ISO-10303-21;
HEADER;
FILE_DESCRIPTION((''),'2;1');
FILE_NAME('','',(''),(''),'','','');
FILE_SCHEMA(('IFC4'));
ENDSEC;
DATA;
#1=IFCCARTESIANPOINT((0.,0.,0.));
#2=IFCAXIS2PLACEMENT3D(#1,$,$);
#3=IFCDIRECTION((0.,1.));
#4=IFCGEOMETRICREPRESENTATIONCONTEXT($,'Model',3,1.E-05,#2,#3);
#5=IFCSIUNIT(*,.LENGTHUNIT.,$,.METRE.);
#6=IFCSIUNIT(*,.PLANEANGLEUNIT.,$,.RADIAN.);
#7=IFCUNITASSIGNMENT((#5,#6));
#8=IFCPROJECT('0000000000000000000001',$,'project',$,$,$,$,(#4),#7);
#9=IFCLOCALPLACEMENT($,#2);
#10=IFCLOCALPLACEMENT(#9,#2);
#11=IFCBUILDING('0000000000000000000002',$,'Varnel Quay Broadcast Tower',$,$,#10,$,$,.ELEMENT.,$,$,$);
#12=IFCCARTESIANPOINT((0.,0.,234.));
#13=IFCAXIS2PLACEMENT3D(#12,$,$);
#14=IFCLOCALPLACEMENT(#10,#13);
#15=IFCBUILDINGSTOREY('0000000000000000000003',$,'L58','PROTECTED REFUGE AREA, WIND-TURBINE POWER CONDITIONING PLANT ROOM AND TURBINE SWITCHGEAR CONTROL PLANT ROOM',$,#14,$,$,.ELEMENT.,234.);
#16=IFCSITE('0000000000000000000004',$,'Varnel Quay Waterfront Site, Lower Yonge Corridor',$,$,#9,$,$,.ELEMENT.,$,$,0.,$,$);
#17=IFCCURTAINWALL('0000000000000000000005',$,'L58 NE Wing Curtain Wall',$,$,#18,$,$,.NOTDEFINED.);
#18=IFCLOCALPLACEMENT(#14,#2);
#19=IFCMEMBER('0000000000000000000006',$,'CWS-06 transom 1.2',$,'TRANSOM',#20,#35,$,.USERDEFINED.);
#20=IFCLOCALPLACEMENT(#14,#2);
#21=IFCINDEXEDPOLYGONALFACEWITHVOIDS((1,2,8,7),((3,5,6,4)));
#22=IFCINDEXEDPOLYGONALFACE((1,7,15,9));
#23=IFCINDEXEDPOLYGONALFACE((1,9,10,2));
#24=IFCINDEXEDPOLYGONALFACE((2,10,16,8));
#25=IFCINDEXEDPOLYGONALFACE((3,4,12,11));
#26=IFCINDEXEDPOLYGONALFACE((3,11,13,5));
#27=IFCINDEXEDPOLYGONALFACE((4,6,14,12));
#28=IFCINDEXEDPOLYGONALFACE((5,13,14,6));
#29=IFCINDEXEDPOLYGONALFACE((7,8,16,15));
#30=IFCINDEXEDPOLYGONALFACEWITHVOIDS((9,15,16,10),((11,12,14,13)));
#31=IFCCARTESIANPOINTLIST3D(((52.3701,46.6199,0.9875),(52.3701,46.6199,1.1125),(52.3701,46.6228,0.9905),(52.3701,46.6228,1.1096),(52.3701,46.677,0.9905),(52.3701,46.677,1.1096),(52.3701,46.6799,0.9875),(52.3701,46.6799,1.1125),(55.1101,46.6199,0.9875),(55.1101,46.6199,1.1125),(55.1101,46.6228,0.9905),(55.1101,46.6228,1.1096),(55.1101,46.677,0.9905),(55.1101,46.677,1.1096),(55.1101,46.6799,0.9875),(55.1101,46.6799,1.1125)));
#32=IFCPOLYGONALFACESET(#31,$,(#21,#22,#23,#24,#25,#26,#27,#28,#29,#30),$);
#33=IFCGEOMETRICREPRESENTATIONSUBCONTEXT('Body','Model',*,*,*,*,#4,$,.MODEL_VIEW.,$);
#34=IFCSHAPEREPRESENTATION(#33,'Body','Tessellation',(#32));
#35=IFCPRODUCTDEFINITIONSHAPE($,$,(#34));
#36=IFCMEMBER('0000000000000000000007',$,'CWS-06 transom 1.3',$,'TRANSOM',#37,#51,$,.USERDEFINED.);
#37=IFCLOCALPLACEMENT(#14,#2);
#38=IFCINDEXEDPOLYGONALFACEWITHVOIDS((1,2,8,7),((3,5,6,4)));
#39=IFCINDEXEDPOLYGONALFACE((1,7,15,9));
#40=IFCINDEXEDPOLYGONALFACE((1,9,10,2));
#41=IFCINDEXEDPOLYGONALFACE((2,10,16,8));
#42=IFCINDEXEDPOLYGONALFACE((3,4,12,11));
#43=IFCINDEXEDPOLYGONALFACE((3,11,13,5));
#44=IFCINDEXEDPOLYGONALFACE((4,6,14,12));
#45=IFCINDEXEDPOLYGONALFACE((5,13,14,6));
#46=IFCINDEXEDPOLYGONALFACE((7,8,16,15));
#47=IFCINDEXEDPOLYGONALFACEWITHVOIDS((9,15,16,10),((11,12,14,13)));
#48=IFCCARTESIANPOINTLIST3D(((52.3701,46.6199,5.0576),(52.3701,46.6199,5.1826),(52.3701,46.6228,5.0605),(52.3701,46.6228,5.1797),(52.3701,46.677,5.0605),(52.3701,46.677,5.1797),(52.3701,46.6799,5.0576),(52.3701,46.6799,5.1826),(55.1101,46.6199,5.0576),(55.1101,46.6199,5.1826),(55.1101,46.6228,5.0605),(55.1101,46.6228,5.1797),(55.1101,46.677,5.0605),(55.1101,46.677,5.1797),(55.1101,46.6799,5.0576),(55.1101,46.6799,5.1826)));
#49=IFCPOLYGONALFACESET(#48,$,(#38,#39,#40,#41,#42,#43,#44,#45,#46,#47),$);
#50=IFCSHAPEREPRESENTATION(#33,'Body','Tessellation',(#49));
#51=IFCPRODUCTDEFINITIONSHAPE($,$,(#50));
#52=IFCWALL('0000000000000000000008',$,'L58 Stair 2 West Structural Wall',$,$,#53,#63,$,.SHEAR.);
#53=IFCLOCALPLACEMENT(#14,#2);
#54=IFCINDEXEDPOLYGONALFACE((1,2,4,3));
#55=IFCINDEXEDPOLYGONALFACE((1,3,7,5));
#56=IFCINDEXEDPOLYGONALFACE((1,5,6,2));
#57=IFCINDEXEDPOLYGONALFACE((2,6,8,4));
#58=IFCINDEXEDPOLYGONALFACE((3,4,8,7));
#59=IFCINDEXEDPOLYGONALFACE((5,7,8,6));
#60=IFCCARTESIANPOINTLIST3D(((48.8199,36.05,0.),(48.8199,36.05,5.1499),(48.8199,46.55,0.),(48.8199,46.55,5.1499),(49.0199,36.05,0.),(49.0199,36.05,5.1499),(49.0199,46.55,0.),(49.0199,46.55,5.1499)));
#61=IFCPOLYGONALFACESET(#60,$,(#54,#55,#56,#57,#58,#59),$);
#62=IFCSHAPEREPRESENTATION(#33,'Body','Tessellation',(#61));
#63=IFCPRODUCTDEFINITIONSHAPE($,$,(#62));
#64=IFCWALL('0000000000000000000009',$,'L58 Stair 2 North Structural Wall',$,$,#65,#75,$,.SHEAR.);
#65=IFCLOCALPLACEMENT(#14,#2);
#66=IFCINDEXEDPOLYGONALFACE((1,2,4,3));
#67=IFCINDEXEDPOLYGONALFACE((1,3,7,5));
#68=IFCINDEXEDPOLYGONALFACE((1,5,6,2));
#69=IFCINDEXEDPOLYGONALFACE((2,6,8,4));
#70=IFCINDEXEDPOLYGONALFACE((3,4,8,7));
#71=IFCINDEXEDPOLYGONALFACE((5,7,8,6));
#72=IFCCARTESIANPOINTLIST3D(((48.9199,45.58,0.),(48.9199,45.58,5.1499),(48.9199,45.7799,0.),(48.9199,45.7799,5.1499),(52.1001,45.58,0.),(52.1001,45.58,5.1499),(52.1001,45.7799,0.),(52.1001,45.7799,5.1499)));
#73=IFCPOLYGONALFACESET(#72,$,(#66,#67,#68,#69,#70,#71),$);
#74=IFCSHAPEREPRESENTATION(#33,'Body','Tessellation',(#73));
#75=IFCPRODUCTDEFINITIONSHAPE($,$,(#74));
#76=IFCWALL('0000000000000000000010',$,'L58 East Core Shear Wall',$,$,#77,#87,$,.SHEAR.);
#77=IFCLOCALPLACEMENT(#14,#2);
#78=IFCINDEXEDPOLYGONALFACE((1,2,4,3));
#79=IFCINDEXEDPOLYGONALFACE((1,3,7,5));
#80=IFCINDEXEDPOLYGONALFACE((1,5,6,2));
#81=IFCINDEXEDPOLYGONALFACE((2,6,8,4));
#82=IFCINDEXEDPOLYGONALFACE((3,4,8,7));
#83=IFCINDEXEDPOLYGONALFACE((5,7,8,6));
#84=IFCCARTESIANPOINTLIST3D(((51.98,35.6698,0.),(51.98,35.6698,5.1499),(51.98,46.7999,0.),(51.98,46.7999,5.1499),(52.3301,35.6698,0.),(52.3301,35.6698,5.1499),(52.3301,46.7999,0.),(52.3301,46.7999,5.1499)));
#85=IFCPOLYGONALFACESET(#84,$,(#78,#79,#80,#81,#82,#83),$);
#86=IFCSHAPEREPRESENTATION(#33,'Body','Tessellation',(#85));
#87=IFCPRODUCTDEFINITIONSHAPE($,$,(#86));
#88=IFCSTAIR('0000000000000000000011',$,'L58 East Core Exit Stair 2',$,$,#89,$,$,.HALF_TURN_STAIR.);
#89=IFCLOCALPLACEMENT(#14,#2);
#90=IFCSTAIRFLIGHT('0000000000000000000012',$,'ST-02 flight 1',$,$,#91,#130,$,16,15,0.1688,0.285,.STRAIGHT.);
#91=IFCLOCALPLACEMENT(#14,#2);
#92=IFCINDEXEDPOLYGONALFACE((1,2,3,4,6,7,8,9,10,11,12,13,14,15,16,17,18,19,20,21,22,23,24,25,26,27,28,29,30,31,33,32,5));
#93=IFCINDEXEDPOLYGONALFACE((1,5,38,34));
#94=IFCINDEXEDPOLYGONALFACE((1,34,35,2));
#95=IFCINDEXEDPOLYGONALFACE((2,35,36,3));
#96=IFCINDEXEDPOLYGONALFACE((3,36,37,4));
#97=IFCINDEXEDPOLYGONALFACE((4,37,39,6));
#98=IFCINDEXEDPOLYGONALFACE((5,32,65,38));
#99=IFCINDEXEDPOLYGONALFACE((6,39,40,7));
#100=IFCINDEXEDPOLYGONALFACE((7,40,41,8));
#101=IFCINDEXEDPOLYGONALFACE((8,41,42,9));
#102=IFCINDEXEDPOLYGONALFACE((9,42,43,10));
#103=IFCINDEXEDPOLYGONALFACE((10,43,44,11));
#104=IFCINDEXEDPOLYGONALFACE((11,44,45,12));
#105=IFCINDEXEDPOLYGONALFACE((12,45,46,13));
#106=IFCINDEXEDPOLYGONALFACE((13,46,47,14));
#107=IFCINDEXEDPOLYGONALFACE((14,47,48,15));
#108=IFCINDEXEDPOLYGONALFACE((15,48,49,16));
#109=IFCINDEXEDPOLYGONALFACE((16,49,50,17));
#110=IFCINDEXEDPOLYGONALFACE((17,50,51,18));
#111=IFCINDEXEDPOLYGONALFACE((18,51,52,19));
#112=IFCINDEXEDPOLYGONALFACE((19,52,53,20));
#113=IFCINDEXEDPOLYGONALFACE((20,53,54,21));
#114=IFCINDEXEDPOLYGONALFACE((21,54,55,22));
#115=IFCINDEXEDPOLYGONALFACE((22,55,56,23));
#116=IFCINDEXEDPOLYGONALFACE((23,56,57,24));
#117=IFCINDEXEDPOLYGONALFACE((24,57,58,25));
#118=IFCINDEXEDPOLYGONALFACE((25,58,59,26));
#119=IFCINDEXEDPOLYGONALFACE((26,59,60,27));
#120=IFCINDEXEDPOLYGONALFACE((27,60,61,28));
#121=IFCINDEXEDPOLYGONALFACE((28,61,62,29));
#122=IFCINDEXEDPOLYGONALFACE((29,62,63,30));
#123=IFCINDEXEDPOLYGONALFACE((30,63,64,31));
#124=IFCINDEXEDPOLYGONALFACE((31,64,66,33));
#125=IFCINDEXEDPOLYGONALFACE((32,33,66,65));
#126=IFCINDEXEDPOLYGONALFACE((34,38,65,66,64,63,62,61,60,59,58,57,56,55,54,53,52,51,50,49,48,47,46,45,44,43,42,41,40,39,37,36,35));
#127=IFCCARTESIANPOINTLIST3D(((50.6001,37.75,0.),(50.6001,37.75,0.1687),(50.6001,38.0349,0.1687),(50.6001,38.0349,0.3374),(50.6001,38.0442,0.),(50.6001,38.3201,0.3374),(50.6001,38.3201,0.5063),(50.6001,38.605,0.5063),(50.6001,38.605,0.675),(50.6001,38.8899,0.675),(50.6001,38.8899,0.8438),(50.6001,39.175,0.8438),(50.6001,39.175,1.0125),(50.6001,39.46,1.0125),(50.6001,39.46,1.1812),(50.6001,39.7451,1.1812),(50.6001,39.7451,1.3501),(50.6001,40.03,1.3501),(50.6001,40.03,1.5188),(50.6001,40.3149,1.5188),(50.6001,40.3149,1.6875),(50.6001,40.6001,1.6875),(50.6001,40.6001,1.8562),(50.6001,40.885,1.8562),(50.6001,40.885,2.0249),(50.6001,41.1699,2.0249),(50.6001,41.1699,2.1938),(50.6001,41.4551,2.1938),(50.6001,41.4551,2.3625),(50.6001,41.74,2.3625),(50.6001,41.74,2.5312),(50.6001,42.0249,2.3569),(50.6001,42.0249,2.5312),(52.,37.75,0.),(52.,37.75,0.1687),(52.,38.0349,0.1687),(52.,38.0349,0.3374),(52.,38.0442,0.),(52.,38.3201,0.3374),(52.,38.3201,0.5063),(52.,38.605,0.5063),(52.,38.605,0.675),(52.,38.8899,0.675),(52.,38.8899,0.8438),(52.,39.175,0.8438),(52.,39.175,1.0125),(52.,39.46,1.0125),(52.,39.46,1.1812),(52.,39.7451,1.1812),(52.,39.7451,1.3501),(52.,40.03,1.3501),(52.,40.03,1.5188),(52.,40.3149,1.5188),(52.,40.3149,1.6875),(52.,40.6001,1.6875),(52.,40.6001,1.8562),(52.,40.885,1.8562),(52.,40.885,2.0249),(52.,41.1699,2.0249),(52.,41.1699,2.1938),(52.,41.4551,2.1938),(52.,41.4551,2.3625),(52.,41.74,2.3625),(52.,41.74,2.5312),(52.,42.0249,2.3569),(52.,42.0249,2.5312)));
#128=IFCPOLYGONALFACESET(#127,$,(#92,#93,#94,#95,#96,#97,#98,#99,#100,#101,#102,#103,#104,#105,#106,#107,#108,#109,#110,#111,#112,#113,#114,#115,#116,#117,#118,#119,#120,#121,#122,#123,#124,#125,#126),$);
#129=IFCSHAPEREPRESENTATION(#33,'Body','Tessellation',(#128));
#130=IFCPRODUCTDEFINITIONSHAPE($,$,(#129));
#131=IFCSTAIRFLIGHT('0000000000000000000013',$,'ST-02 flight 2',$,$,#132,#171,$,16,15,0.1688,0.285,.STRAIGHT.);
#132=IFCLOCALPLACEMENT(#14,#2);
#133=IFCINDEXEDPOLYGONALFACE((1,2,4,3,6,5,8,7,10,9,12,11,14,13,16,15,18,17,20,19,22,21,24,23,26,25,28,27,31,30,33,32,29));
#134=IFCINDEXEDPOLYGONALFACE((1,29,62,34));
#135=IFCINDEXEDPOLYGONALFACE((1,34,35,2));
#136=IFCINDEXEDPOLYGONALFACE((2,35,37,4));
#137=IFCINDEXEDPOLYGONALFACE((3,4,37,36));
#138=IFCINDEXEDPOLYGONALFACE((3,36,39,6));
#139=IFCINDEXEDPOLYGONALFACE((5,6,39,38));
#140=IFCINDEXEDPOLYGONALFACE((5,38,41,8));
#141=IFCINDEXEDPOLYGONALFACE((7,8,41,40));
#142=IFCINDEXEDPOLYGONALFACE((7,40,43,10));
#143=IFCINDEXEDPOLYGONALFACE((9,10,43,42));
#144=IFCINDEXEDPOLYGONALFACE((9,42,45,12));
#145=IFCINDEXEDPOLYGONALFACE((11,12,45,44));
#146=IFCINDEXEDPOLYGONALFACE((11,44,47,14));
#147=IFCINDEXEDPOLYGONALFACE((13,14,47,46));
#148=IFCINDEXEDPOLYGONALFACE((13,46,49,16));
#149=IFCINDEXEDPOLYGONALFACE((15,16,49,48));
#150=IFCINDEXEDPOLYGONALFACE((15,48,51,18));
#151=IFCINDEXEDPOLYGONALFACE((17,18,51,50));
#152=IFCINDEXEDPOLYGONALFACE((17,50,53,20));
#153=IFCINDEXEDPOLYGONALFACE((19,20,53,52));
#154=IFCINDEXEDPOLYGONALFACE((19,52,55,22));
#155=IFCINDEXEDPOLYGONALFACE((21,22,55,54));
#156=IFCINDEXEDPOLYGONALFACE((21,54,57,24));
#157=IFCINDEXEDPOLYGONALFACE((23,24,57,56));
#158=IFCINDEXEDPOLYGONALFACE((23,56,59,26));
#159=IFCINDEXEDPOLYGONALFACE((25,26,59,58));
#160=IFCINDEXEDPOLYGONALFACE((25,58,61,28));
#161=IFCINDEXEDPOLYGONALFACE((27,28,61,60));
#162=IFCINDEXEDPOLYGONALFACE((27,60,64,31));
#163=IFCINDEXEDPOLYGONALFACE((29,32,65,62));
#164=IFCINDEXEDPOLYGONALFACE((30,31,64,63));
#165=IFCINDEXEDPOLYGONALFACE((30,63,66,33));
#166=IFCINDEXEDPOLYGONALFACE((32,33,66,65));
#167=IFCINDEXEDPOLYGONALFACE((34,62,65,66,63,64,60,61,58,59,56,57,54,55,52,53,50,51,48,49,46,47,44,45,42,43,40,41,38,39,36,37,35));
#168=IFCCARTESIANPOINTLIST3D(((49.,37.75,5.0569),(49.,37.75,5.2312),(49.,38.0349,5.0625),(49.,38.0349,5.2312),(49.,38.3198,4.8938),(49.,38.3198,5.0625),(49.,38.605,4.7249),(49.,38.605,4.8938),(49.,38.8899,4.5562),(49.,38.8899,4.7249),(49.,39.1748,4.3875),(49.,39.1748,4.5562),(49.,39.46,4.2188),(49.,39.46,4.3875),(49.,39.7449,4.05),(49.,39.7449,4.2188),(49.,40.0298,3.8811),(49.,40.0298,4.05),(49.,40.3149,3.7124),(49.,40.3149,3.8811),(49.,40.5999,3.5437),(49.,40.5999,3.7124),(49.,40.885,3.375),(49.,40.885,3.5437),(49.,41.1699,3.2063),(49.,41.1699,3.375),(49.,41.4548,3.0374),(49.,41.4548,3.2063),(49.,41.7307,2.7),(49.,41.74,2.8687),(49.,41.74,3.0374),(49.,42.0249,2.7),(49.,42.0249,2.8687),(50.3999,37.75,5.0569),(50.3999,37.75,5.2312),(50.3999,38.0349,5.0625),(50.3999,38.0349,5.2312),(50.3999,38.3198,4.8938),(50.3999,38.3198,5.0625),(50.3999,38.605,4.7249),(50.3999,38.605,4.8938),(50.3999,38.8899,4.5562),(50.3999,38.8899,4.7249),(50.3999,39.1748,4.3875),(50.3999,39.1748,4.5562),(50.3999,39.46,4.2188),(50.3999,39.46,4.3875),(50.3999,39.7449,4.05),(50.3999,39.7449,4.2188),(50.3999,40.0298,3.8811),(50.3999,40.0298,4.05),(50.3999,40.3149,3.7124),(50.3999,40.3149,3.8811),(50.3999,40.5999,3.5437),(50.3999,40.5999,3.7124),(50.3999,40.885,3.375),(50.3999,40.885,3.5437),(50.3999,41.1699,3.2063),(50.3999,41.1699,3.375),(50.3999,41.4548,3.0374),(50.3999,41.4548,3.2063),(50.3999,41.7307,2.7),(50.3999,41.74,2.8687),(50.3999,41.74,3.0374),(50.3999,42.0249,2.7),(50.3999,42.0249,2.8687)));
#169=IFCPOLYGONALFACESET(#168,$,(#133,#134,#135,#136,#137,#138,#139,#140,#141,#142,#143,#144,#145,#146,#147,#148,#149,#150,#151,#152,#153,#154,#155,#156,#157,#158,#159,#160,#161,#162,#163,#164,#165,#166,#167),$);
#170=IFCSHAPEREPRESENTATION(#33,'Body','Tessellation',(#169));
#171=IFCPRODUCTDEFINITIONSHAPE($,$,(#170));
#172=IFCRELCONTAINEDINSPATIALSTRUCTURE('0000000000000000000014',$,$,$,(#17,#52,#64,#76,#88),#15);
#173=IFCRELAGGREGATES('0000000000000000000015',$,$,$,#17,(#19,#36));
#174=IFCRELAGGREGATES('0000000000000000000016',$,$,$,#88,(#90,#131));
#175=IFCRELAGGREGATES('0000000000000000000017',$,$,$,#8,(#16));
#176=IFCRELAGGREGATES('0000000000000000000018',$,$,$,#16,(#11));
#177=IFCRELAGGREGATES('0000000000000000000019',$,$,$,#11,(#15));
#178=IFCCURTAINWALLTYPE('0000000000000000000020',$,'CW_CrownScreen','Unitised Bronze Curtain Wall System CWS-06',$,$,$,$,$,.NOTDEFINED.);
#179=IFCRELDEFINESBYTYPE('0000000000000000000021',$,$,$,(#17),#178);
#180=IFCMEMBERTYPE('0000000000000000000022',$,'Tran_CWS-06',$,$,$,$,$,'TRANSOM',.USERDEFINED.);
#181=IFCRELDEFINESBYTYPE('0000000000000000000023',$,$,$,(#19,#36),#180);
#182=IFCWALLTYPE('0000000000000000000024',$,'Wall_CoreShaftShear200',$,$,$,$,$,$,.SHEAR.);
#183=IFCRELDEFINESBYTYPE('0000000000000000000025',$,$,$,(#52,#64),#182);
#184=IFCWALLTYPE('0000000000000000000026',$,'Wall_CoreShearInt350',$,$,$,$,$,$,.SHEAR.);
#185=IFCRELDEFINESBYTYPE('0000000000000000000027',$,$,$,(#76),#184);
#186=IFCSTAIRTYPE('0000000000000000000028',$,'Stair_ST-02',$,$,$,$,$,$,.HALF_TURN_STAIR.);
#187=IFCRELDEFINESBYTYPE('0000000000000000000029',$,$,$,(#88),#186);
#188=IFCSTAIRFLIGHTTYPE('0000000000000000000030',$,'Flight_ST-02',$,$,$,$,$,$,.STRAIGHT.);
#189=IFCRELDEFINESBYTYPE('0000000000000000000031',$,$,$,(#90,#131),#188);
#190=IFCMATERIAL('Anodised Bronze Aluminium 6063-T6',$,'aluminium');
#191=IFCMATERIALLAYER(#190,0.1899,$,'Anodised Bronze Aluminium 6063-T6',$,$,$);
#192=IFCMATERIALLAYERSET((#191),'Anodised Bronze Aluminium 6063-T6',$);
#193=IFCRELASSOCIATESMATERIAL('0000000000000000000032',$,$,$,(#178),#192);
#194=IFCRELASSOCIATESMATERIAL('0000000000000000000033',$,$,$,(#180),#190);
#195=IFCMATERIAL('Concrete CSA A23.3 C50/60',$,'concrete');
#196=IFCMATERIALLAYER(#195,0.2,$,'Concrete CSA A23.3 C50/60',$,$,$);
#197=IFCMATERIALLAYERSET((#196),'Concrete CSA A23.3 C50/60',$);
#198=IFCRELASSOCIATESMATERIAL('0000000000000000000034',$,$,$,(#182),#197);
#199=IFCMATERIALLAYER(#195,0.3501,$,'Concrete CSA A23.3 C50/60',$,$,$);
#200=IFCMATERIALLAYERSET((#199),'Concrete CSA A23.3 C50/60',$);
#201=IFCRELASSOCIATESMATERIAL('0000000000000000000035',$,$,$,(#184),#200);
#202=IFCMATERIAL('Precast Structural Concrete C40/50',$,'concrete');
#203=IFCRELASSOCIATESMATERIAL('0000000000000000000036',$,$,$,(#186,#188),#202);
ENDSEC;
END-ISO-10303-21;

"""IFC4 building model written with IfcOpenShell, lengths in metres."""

from ifc_helpers import new_model, si_unit, direction, frame, frame_2d, origin, origin_2d, place, context, subcontext, project, spatial, polyline, rectangle, hollow_rectangle, outline, extrude, source, transform, mapped, material, layer, layer_set, material_profile, profile_set, type_object, type_shapes, element, aggregate, save


model = new_model("IFC4")

# Units and contexts
model_context = context("Model", 3, precision=1e-05, world=origin(), true_north=direction((0.0, 1.0)))
body_context = subcontext(model_context, "Body", "Model", "MODEL_VIEW")
ifc_project = project(units=[si_unit("LENGTHUNIT", "METRE"), si_unit("PLANEANGLEUNIT", "RADIAN")], contexts=[model_context])

# Site, building, storey
site_placement = place(None, origin())
site = spatial("IfcSite", under=ifc_project, at=site_placement, Name="Varnel Quay Waterfront Site, Lower Yonge Corridor", CompositionType="ELEMENT", RefElevation=0.0)
building_placement = place(site_placement, origin())
building = spatial("IfcBuilding", under=site, at=building_placement, Name="Varnel Quay Broadcast Tower", CompositionType="ELEMENT")
storey_placement = place(building_placement, frame((0.0, 0.0, 234.0)))
storey = spatial("IfcBuildingStorey", under=building, at=storey_placement, Name="L58", Description="PROTECTED REFUGE AREA, WIND-TURBINE POWER CONDITIONING PLANT ROOM AND TURBINE SWITCHGEAR CONTROL PLANT ROOM", CompositionType="ELEMENT", Elevation=234.0)

# Curtain wall, members
ifc_material_1 = material(Name="Anodised Bronze Aluminium 6063-T6", Category="aluminium")
ifc_layer_1 = layer(ifc_material_1, 0.1899, Name="Anodised Bronze Aluminium 6063-T6")
ifc_layer_set_1 = layer_set([ifc_layer_1], Name="Anodised Bronze Aluminium 6063-T6")
curtain_wall_type = type_object("IfcCurtainWallType", Name="CW_CrownScreen", Description="Unitised Bronze Curtain Wall System CWS-06", PredefinedType="NOTDEFINED", material=ifc_layer_set_1)
curtain_wall_placement = place(storey_placement, origin())
curtain_wall = element("IfcCurtainWall", 1, at=curtain_wall_placement, inside=storey, type_object=curtain_wall_type, Name="L58 NE Wing Curtain Wall", PredefinedType="NOTDEFINED")
ifc_material_profile_1 = material_profile(ifc_material_1, hollow_rectangle(XDim=0.0601, YDim=0.125, WallThickness=0.0029, at=origin_2d()), Name="ALU60X125X3")
ifc_profile_set_1 = profile_set([ifc_material_profile_1], Name="Anodised Bronze Aluminium 6063-T6")
member_type_1 = type_object("IfcMemberType", Name="Tran_CWS-06", ElementType="TRANSOM", PredefinedType="USERDEFINED", material=ifc_profile_set_1)
shared_shape_1 = source(origin(), body_context, "Body", "SweptSolid", [
    extrude(hollow_rectangle(XDim=0.0601, YDim=0.125, WallThickness=0.0029, at=origin_2d()), origin(), (0.0, 0.0, 1.0), 2.74),
])
type_shapes(member_type_1, [shared_shape_1])
member_1_placement = place(storey_placement, frame((52.3701, 46.6499, 1.05), z_axis=(1.0, 0.0, 0.0), x_axis=(0.0, 1.0, 0.0)))
member_1 = element("IfcMember", 2, at=member_1_placement, type_object=member_type_1, Name="CWS-06 transom 1.2", ObjectType="TRANSOM", PredefinedType="USERDEFINED", context=body_context, shape_type="MappedRepresentation", body=[
    mapped(shared_shape_1, transform((0.0, 0.0, 0.0), x_axis=(1.0, 0.0, 0.0), y_axis=(0.0, 1.0, 0.0), z_axis=(0.0, 0.0, 1.0), scale=1.0)),
])
member_2_placement = place(storey_placement, frame((52.3701, 46.6499, 5.1201), z_axis=(1.0, 0.0, 0.0), x_axis=(0.0, 1.0, 0.0)))
member_2 = element("IfcMember", 3, at=member_2_placement, type_object=member_type_1, Name="CWS-06 transom 1.3", ObjectType="TRANSOM", PredefinedType="USERDEFINED", context=body_context, shape_type="MappedRepresentation", body=[
    mapped(shared_shape_1, transform((0.0, 0.0, 0.0), x_axis=(1.0, 0.0, 0.0), y_axis=(0.0, 1.0, 0.0), z_axis=(0.0, 0.0, 1.0), scale=1.0)),
])
aggregate(curtain_wall, [member_1, member_2])

# Walls
ifc_material_2 = material(Name="Concrete CSA A23.3 C50/60", Category="concrete")
ifc_layer_2 = layer(ifc_material_2, 0.2, Name="Concrete CSA A23.3 C50/60")
ifc_layer_set_2 = layer_set([ifc_layer_2], Name="Concrete CSA A23.3 C50/60")
wall_type_1 = type_object("IfcWallType", Name="Wall_CoreShaftShear200", PredefinedType="SHEAR", material=ifc_layer_set_2)
wall_1_placement = place(storey_placement, frame((48.9199, 36.05, 0.0), z_axis=(0.0, 0.0, 1.0), x_axis=(0.0, 1.0, 0.0)))
element("IfcWall", 4, at=wall_1_placement, inside=storey, type_object=wall_type_1, Name="L58 Stair 2 West Structural Wall", PredefinedType="SHEAR", context=body_context, shape_type="SweptSolid", body=[
    extrude(rectangle(XDim=10.5, YDim=0.2, at=frame_2d((5.25, 0.0))), origin(), (0.0, 0.0, 1.0), 5.1499),
])
wall_2_placement = place(storey_placement, frame((48.9199, 45.6799, 0.0), z_axis=(0.0, 0.0, 1.0), x_axis=(1.0, 0.0, 0.0)))
element("IfcWall", 5, at=wall_2_placement, inside=storey, type_object=wall_type_1, Name="L58 Stair 2 North Structural Wall", PredefinedType="SHEAR", context=body_context, shape_type="SweptSolid", body=[
    extrude(rectangle(XDim=3.1802, YDim=0.2, at=frame_2d((1.5901, 0.0))), origin(), (0.0, 0.0, 1.0), 5.1499),
])
ifc_layer_3 = layer(ifc_material_2, 0.3501, Name="Concrete CSA A23.3 C50/60")
ifc_layer_set_3 = layer_set([ifc_layer_3], Name="Concrete CSA A23.3 C50/60")
wall_type_2 = type_object("IfcWallType", Name="Wall_CoreShearInt350", PredefinedType="SHEAR", material=ifc_layer_set_3)
wall_3_placement = place(storey_placement, frame((52.155, 35.6699, 0.0), z_axis=(0.0, 0.0, 1.0), x_axis=(0.0, 1.0, 0.0)))
element("IfcWall", 6, at=wall_3_placement, inside=storey, type_object=wall_type_2, Name="L58 East Core Shear Wall", PredefinedType="SHEAR", context=body_context, shape_type="SweptSolid", body=[
    extrude(rectangle(XDim=11.1301, YDim=0.3501, at=frame_2d((5.5649, 0.0))), origin(), (0.0, 0.0, 1.0), 5.1499),
])

# Stair, stair flights
ifc_material_3 = material(Name="Precast Structural Concrete C40/50", Category="concrete")
stair_type = type_object("IfcStairType", Name="Stair_ST-02", PredefinedType="HALF_TURN_STAIR", material=ifc_material_3)
stair_placement = place(storey_placement, origin())
stair = element("IfcStair", 7, at=stair_placement, inside=storey, type_object=stair_type, Name="L58 East Core Exit Stair 2", PredefinedType="HALF_TURN_STAIR")
stair_flight_type = type_object("IfcStairFlightType", Name="Flight_ST-02", PredefinedType="STRAIGHT", material=ifc_material_3)
stair_flight_1_placement = place(storey_placement, frame((51.3, 37.75, 0.0), z_axis=(0.0, 0.0, 1.0), x_axis=(0.0, 1.0, 0.0)))
stair_flight_1 = element("IfcStairFlight", 8, at=stair_flight_1_placement, type_object=stair_flight_type, Name="ST-02 flight 1", NumberOfRisers=16, NumberOfTreads=15, PredefinedType="STRAIGHT", RiserHeight=0.1688, TreadLength=0.285, context=body_context, shape_type="SweptSolid", body=[
    extrude(outline(polyline([(0.0, 0.0), (0.0, 0.1687), (0.2849, 0.1687), (0.2849, 0.3374), (0.5701, 0.3374), (0.5701, 0.5063), (0.855, 0.5063), (0.855, 0.675), (1.1399, 0.675), (1.1399, 0.8438), (1.425, 0.8438), (1.425, 1.0125), (1.71, 1.0125), (1.71, 1.1812), (1.9951, 1.1812), (1.9951, 1.3501), (2.28, 1.3501), (2.28, 1.5188), (2.5649, 1.5188), (2.5649, 1.6875), (2.8501, 1.6875), (2.8501, 1.8562), (3.135, 1.8562), (3.135, 2.0249), (3.4199, 2.0249), (3.4199, 2.1938), (3.7051, 2.1938), (3.7051, 2.3625), (3.99, 2.3625), (3.99, 2.5312), (4.2749, 2.5312), (4.2749, 2.7), (4.2749, 2.3569), (0.2942, 0.0), (0.0, 0.0)])), frame((0.0, 0.7, 0.0), z_axis=(0.0, -1.0, 0.0), x_axis=(1.0, 0.0, 0.0)), (0.0, 0.0, 1.0), 1.3999),
])
stair_flight_2_placement = place(storey_placement, frame((49.7, 42.0249, 2.7), z_axis=(0.0, 0.0, 1.0), x_axis=(0.0, -1.0, 0.0)))
stair_flight_2 = element("IfcStairFlight", 9, at=stair_flight_2_placement, type_object=stair_flight_type, Name="ST-02 flight 2", NumberOfRisers=16, NumberOfTreads=15, PredefinedType="STRAIGHT", RiserHeight=0.1688, TreadLength=0.285, context=body_context, shape_type="SweptSolid", body=[
    extrude(outline(polyline([(0.0, 0.0), (0.0, 0.1687), (0.2849, 0.1687), (0.2849, 0.3374), (0.5701, 0.3374), (0.5701, 0.5063), (0.855, 0.5063), (0.855, 0.675), (1.1399, 0.675), (1.1399, 0.8438), (1.425, 0.8438), (1.425, 1.0125), (1.71, 1.0125), (1.71, 1.1812), (1.9951, 1.1812), (1.9951, 1.3501), (2.28, 1.3501), (2.28, 1.5188), (2.5649, 1.5188), (2.5649, 1.6875), (2.8501, 1.6875), (2.8501, 1.8562), (3.135, 1.8562), (3.135, 2.0249), (3.4199, 2.0249), (3.4199, 2.1938), (3.7051, 2.1938), (3.7051, 2.3625), (3.99, 2.3625), (3.99, 2.5312), (4.2749, 2.5312), (4.2749, 2.7), (4.2749, 2.3569), (0.2942, 0.0), (0.0, 0.0)])), frame((0.0, 0.7, 0.0), z_axis=(0.0, -1.0, 0.0), x_axis=(1.0, 0.0, 0.0)), (0.0, 0.0, 1.0), 1.3999),
])
aggregate(stair, [stair_flight_1, stair_flight_2])

save(model, "model.ifc")
